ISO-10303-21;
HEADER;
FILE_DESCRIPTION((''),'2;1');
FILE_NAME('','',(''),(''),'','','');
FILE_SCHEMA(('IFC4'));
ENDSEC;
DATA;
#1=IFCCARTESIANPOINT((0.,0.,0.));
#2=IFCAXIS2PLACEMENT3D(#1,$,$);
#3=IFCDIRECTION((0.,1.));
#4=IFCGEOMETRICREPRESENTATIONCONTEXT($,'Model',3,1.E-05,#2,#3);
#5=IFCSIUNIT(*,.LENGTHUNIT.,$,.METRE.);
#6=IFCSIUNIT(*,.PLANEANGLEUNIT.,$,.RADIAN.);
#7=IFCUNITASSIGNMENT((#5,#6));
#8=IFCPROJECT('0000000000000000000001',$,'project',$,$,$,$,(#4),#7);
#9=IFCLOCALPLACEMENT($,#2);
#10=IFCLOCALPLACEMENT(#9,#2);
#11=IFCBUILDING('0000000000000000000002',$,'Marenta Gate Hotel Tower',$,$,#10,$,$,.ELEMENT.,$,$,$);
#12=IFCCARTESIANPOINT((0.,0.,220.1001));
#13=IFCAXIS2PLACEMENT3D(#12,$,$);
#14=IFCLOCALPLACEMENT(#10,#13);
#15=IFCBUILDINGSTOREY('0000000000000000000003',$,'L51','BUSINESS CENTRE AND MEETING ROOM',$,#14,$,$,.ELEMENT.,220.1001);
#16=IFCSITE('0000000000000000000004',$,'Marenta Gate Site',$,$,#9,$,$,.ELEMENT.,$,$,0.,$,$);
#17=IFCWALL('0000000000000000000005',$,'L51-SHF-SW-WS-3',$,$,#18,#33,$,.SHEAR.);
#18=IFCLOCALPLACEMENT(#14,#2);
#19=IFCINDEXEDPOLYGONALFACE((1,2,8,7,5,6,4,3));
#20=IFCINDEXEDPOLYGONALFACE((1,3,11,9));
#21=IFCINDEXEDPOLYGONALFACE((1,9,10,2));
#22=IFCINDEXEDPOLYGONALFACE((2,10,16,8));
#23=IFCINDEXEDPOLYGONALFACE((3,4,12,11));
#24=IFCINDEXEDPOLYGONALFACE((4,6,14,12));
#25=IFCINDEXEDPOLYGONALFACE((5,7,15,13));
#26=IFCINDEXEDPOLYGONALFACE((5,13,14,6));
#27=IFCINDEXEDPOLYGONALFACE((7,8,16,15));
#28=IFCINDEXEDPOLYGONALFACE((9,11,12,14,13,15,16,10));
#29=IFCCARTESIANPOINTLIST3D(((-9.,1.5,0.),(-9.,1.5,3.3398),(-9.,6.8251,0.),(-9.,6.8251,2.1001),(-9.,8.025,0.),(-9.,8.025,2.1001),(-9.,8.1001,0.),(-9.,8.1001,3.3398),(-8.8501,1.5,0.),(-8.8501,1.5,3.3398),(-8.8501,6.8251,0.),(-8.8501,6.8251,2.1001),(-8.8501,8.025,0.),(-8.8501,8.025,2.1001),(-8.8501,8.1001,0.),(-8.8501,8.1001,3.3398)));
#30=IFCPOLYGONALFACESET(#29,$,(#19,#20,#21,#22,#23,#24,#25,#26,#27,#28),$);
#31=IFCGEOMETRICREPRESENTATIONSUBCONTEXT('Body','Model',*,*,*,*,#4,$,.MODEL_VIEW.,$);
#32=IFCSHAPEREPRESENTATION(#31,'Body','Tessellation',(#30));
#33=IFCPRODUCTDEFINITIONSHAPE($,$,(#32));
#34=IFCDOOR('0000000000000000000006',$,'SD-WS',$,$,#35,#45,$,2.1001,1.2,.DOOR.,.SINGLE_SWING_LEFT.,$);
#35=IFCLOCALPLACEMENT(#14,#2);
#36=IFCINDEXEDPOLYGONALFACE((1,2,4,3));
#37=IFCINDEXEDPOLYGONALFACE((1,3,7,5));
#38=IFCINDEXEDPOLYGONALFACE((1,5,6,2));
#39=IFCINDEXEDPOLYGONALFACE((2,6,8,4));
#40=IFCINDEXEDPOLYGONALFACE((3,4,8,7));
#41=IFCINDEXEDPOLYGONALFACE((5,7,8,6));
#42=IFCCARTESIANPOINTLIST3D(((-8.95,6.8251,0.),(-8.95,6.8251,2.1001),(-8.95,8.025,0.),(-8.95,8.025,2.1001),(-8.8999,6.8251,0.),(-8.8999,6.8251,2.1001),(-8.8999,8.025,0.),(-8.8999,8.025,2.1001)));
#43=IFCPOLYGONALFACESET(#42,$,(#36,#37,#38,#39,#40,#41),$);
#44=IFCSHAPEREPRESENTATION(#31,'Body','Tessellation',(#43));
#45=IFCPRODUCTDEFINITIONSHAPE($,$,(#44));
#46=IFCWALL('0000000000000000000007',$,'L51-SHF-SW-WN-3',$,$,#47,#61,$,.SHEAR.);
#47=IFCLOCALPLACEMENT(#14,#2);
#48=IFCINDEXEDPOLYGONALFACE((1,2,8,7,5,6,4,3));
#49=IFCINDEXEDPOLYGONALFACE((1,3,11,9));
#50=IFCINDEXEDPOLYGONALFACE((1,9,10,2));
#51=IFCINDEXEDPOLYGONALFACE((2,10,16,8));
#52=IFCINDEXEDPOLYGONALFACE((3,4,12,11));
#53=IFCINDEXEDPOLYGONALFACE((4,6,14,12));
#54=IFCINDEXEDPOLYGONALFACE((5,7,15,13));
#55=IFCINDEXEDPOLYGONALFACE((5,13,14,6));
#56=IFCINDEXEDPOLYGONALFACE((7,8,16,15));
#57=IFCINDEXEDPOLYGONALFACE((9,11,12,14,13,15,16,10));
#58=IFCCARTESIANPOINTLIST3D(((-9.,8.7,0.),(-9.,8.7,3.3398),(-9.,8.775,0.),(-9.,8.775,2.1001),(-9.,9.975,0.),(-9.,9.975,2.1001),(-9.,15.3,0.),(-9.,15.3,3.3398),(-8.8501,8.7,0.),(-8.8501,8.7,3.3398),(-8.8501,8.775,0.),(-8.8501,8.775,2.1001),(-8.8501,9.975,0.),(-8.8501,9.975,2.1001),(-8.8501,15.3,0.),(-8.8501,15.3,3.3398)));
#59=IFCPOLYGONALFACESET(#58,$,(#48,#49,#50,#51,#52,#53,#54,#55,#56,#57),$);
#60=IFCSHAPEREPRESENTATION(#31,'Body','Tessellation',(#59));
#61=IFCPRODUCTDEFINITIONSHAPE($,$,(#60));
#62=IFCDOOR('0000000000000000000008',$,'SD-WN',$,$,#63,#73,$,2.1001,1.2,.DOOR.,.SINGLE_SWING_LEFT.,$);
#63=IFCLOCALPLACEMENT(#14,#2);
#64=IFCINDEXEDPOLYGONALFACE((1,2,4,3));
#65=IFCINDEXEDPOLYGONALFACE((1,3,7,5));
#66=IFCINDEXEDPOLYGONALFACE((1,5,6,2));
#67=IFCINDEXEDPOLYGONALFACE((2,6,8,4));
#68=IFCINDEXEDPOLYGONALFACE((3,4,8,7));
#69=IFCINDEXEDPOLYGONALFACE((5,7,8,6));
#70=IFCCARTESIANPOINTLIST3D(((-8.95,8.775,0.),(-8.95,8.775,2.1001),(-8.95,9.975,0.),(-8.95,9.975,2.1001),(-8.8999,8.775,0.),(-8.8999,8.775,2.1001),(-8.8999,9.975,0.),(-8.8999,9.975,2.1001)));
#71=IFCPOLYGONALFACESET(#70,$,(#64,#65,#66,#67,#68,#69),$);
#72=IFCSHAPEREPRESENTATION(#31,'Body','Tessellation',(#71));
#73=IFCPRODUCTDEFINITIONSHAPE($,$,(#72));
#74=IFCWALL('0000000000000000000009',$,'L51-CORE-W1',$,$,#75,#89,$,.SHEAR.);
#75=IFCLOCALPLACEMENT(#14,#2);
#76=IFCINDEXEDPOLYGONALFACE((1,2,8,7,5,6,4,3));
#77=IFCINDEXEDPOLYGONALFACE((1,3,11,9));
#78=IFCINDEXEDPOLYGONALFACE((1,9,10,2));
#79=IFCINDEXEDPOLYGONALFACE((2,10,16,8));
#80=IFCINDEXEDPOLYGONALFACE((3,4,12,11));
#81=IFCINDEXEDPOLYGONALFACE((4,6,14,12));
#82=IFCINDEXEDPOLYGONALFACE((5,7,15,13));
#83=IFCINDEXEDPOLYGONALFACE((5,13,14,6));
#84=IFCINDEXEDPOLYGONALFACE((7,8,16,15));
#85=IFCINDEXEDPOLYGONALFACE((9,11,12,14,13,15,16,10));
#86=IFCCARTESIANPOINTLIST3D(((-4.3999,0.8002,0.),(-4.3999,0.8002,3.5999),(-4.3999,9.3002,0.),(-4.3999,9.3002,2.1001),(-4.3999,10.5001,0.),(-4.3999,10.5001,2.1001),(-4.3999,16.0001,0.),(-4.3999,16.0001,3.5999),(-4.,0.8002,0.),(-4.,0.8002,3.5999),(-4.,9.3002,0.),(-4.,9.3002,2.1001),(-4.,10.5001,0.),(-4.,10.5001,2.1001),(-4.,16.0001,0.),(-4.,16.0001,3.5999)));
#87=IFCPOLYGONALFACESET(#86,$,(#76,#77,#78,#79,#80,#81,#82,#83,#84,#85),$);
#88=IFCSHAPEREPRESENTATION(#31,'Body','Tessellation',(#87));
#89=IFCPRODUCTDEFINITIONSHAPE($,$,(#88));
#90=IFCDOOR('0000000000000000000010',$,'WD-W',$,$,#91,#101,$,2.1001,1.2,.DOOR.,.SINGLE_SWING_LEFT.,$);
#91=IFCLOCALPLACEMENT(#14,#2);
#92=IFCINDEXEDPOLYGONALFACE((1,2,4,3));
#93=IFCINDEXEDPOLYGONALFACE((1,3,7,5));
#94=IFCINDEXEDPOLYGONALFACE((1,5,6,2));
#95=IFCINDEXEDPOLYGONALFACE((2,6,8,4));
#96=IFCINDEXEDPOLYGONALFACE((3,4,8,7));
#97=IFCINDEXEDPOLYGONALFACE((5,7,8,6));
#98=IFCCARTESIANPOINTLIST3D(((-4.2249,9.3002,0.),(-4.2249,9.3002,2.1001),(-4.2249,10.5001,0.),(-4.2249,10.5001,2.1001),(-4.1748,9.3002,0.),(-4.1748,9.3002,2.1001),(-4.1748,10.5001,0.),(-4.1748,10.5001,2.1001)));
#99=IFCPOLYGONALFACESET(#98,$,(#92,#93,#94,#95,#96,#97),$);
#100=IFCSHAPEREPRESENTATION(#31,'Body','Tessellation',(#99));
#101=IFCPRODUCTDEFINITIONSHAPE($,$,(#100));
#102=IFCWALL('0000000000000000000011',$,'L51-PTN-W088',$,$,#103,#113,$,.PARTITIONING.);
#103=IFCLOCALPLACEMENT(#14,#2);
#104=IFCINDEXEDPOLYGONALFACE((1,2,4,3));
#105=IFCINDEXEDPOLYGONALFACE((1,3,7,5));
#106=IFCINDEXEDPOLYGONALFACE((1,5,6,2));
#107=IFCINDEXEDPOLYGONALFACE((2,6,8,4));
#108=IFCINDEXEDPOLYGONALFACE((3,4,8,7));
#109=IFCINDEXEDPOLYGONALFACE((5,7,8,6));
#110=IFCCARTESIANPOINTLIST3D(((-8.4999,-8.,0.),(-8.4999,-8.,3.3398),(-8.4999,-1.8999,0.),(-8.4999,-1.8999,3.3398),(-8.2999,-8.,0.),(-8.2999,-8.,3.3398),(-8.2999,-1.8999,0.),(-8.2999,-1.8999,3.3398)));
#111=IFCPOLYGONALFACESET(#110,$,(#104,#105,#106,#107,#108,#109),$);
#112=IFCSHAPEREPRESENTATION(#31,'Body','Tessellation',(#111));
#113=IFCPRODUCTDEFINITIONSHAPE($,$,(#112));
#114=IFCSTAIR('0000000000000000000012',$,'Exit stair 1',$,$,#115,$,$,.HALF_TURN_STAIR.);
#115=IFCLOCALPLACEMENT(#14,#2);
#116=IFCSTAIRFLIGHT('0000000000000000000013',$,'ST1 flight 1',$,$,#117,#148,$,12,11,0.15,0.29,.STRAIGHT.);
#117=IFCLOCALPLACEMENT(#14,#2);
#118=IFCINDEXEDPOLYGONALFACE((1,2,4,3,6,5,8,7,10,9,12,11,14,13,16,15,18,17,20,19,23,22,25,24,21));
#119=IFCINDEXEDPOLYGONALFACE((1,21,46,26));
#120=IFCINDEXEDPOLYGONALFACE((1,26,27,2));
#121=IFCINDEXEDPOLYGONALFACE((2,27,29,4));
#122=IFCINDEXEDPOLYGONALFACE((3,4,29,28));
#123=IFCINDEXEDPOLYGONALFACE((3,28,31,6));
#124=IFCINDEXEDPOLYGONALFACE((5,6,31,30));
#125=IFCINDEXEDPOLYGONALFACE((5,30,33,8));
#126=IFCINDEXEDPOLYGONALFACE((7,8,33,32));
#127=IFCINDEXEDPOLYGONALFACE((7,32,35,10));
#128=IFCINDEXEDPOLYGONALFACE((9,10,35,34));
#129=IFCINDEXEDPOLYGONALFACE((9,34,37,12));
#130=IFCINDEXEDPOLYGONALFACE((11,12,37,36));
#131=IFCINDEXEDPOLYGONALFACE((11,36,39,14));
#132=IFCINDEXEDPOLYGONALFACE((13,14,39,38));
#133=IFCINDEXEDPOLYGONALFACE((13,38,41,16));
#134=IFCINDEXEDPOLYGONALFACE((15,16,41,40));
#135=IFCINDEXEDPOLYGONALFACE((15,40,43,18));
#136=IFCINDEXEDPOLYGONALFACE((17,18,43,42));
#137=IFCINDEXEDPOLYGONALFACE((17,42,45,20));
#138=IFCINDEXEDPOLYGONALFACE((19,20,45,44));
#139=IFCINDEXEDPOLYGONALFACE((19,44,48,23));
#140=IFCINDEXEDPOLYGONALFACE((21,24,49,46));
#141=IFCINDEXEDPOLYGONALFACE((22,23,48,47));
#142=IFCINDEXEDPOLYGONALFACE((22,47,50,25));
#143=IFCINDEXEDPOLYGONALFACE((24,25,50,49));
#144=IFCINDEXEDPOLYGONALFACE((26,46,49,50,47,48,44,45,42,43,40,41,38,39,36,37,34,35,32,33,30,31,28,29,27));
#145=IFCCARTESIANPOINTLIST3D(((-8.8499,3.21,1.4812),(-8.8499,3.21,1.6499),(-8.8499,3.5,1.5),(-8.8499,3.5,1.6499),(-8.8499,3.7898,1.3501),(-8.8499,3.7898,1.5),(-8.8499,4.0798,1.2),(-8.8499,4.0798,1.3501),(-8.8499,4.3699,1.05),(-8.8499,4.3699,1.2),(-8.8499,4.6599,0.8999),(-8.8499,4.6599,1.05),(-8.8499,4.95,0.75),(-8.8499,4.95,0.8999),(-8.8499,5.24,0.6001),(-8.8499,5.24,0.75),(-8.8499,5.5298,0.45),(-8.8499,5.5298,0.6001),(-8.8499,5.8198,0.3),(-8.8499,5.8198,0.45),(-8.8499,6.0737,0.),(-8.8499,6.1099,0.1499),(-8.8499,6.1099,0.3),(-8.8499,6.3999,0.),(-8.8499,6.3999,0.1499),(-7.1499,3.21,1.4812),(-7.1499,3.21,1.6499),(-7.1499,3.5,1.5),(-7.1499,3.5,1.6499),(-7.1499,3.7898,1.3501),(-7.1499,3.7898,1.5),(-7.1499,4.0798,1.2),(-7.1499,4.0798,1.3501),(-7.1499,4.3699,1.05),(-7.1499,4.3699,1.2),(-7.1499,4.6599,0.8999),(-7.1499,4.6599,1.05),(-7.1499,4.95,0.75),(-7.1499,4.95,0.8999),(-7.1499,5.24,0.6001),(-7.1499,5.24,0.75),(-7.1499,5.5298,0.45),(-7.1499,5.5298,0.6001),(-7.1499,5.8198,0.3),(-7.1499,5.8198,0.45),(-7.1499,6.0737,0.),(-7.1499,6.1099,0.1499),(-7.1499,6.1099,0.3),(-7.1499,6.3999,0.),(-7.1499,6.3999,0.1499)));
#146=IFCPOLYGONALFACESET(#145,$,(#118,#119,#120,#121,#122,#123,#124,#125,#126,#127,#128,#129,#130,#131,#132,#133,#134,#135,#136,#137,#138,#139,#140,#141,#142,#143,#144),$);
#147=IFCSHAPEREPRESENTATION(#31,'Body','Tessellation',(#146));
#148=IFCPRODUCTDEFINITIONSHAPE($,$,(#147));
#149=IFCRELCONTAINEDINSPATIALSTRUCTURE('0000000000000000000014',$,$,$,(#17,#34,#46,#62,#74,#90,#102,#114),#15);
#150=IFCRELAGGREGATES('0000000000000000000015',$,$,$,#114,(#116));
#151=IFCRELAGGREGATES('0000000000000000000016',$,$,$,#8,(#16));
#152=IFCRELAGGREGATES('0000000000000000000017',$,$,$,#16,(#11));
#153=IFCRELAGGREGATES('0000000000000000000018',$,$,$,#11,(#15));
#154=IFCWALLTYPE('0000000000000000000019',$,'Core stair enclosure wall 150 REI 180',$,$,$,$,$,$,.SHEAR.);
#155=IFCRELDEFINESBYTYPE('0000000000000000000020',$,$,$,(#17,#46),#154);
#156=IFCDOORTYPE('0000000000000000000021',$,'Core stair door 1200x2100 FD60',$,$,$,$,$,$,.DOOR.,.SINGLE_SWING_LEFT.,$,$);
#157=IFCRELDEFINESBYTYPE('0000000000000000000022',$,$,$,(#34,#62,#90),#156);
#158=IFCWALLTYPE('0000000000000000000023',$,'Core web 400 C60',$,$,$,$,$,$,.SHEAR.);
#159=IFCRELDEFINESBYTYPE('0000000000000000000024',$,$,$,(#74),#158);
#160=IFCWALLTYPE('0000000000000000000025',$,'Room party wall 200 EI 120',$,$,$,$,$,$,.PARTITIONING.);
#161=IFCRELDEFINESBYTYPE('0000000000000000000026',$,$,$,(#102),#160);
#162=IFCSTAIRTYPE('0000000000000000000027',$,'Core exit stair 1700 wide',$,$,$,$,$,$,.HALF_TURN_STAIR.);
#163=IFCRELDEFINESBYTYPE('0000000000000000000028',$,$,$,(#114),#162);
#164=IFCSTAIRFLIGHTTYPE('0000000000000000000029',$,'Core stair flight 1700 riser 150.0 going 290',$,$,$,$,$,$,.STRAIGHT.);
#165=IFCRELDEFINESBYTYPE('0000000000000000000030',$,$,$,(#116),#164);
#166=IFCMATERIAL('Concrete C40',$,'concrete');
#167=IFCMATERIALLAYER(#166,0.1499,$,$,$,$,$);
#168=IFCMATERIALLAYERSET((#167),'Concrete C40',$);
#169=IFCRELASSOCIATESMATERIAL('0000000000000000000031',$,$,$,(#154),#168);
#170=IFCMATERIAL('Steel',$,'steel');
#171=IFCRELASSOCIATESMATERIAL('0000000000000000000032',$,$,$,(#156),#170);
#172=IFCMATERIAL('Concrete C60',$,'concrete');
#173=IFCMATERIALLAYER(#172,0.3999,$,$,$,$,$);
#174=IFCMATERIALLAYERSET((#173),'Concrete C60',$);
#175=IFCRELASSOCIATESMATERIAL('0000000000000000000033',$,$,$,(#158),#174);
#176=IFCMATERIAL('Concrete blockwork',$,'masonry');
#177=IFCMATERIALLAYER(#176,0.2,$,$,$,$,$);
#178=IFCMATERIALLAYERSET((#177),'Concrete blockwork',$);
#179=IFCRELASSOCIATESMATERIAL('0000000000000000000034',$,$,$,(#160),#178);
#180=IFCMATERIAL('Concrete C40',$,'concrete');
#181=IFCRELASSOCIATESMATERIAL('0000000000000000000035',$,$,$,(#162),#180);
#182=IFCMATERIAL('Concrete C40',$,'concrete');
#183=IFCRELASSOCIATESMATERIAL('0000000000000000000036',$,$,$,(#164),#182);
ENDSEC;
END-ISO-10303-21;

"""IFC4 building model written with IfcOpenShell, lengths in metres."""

from ifc_helpers import new_model, si_unit, direction, frame, frame_2d, origin, place, context, subcontext, project, spatial, polyline, rectangle, outline, extrude, material, layer, layer_set, type_object, element, fill, aggregate, save


model = new_model("IFC4")

# Units and contexts
model_context = context("Model", 3, precision=1e-05, world=origin(), true_north=direction((0.0, 1.0)))
body_context = subcontext(model_context, "Body", "Model", "MODEL_VIEW")
ifc_project = project(units=[si_unit("LENGTHUNIT", "METRE"), si_unit("PLANEANGLEUNIT", "RADIAN")], contexts=[model_context])

# Site, building, storey
site_placement = place(None, origin())
site = spatial("IfcSite", under=ifc_project, at=site_placement, Name="Marenta Gate Site", CompositionType="ELEMENT", RefElevation=0.0)
building_placement = place(site_placement, origin())
building = spatial("IfcBuilding", under=site, at=building_placement, Name="Marenta Gate Hotel Tower", CompositionType="ELEMENT")
storey_placement = place(building_placement, frame((0.0, 0.0, 220.1001)))
storey = spatial("IfcBuildingStorey", under=building, at=storey_placement, Name="L51", Description="BUSINESS CENTRE AND MEETING ROOM", CompositionType="ELEMENT", Elevation=220.1001)

# Walls, openings, doors
ifc_material_1 = material(Name="Concrete C40", Category="concrete")
ifc_layer_1 = layer(ifc_material_1, 0.1499)
ifc_layer_set_1 = layer_set([ifc_layer_1], Name="Concrete C40")
wall_type_1 = type_object("IfcWallType", Name="Core stair enclosure wall 150 REI 180", PredefinedType="SHEAR", material=ifc_layer_set_1)
wall_1_placement = place(storey_placement, frame((-8.925, 1.5, 0.0), z_axis=(0.0, 0.0, 1.0), x_axis=(0.0, 1.0, 0.0)))
wall_1 = element("IfcWall", 1, at=wall_1_placement, inside=storey, type_object=wall_type_1, Name="L51-SHF-SW-WS-3", PredefinedType="SHEAR", context=body_context, shape_type="SweptSolid", body=[
    extrude(rectangle(XDim=6.6001, YDim=0.1499, at=frame_2d((3.3, 0.0))), origin(), (0.0, 0.0, 1.0), 3.3398),
])
opening_1_placement = place(wall_1_placement, frame((5.325, 0.0, 0.0)))
opening_1 = element("IfcOpeningElement", 2, at=opening_1_placement, cuts=wall_1, PredefinedType="OPENING", context=body_context, shape_type="SweptSolid", body=[
    extrude(rectangle(XDim=1.2, YDim=2.1001, at=frame_2d((0.6001, 1.05))), frame((0.0, 0.075, 0.0), z_axis=(0.0, -1.0, 0.0), x_axis=(1.0, 0.0, 0.0)), (0.0, 0.0, 1.0), 0.1499),
])
ifc_material_2 = material(Name="Steel", Category="steel")
door_type_1 = type_object("IfcDoorType", Name="Core stair door 1200x2100 FD60", OperationType="SINGLE_SWING_LEFT", PredefinedType="DOOR", material=ifc_material_2)
door_1_placement = place(opening_1_placement, origin())
door_1 = element("IfcDoor", 3, at=door_1_placement, inside=storey, type_object=door_type_1, Name="SD-WS", OperationType="SINGLE_SWING_LEFT", OverallHeight=2.1001, OverallWidth=1.2, PredefinedType="DOOR", context=body_context, shape_type="SweptSolid", body=[
    extrude(rectangle(XDim=1.2, YDim=2.1001, at=frame_2d((0.6001, 1.05))), frame((0.0, 0.0249, 0.0), z_axis=(0.0, -1.0, 0.0), x_axis=(1.0, 0.0, 0.0)), (0.0, 0.0, 1.0), 0.05),
])
fill(opening_1, door_1)
wall_2_placement = place(storey_placement, frame((-8.925, 8.7, 0.0), z_axis=(0.0, 0.0, 1.0), x_axis=(0.0, 1.0, 0.0)))
wall_2 = element("IfcWall", 4, at=wall_2_placement, inside=storey, type_object=wall_type_1, Name="L51-SHF-SW-WN-3", PredefinedType="SHEAR", context=body_context, shape_type="SweptSolid", body=[
    extrude(rectangle(XDim=6.6001, YDim=0.1499, at=frame_2d((3.3, 0.0))), origin(), (0.0, 0.0, 1.0), 3.3398),
])
opening_2_placement = place(wall_2_placement, frame((0.075, 0.0, 0.0)))
opening_2 = element("IfcOpeningElement", 5, at=opening_2_placement, cuts=wall_2, PredefinedType="OPENING", context=body_context, shape_type="SweptSolid", body=[
    extrude(rectangle(XDim=1.2, YDim=2.1001, at=frame_2d((0.6001, 1.05))), frame((0.0, 0.075, 0.0), z_axis=(0.0, -1.0, 0.0), x_axis=(1.0, 0.0, 0.0)), (0.0, 0.0, 1.0), 0.1499),
])
door_2_placement = place(opening_2_placement, origin())
door_2 = element("IfcDoor", 6, at=door_2_placement, inside=storey, type_object=door_type_1, Name="SD-WN", OperationType="SINGLE_SWING_LEFT", OverallHeight=2.1001, OverallWidth=1.2, PredefinedType="DOOR", context=body_context, shape_type="SweptSolid", body=[
    extrude(rectangle(XDim=1.2, YDim=2.1001, at=frame_2d((0.6001, 1.05))), frame((0.0, 0.0249, 0.0), z_axis=(0.0, -1.0, 0.0), x_axis=(1.0, 0.0, 0.0)), (0.0, 0.0, 1.0), 0.05),
])
fill(opening_2, door_2)
ifc_material_3 = material(Name="Concrete C60", Category="concrete")
ifc_layer_2 = layer(ifc_material_3, 0.3999)
ifc_layer_set_2 = layer_set([ifc_layer_2], Name="Concrete C60")
wall_type_2 = type_object("IfcWallType", Name="Core web 400 C60", PredefinedType="SHEAR", material=ifc_layer_set_2)
wall_3_placement = place(storey_placement, frame((-4.2, 0.8, 0.0), z_axis=(0.0, 0.0, 1.0), x_axis=(0.0, 1.0, 0.0)))
wall_3 = element("IfcWall", 7, at=wall_3_placement, inside=storey, type_object=wall_type_2, Name="L51-CORE-W1", PredefinedType="SHEAR", context=body_context, shape_type="SweptSolid", body=[
    extrude(rectangle(XDim=15.2, YDim=0.3999, at=frame_2d((7.6001, 0.0))), origin(), (0.0, 0.0, 1.0), 3.5999),
])
opening_3_placement = place(wall_3_placement, frame((8.5, 0.0, 0.0)))
opening_3 = element("IfcOpeningElement", 8, at=opening_3_placement, cuts=wall_3, PredefinedType="OPENING", context=body_context, shape_type="SweptSolid", body=[
    extrude(rectangle(XDim=1.2, YDim=2.1001, at=frame_2d((0.6001, 1.05))), frame((0.0, 0.2, 0.0), z_axis=(0.0, -1.0, 0.0), x_axis=(1.0, 0.0, 0.0)), (0.0, 0.0, 1.0), 0.3999),
])
door_3_placement = place(opening_3_placement, origin())
door_3 = element("IfcDoor", 9, at=door_3_placement, inside=storey, type_object=door_type_1, Name="WD-W", OperationType="SINGLE_SWING_LEFT", OverallHeight=2.1001, OverallWidth=1.2, PredefinedType="DOOR", context=body_context, shape_type="SweptSolid", body=[
    extrude(rectangle(XDim=1.2, YDim=2.1001, at=frame_2d((0.6001, 1.05))), frame((0.0, 0.0249, 0.0), z_axis=(0.0, -1.0, 0.0), x_axis=(1.0, 0.0, 0.0)), (0.0, 0.0, 1.0), 0.05),
])
fill(opening_3, door_3)

# Wall
ifc_material_4 = material(Name="Concrete blockwork", Category="masonry")
ifc_layer_3 = layer(ifc_material_4, 0.2)
ifc_layer_set_3 = layer_set([ifc_layer_3], Name="Concrete blockwork")
wall_type_3 = type_object("IfcWallType", Name="Room party wall 200 EI 120", PredefinedType="PARTITIONING", material=ifc_layer_set_3)
wall_4_placement = place(storey_placement, frame((-8.3999, -8.0, 0.0), z_axis=(0.0, 0.0, 1.0), x_axis=(0.0, 1.0, 0.0)))
element("IfcWall", 10, at=wall_4_placement, inside=storey, type_object=wall_type_3, Name="L51-PTN-W088", PredefinedType="PARTITIONING", context=body_context, shape_type="SweptSolid", body=[
    extrude(rectangle(XDim=6.1001, YDim=0.2, at=frame_2d((3.05, 0.0))), origin(), (0.0, 0.0, 1.0), 3.3398),
])

# Stair, stair flight
ifc_material_5 = material(Name="Concrete C40", Category="concrete")
stair_type = type_object("IfcStairType", Name="Core exit stair 1700 wide", PredefinedType="HALF_TURN_STAIR", material=ifc_material_5)
stair_placement = place(storey_placement, origin())
stair = element("IfcStair", 11, at=stair_placement, inside=storey, type_object=stair_type, Name="Exit stair 1", PredefinedType="HALF_TURN_STAIR")
ifc_material_6 = material(Name="Concrete C40", Category="concrete")
stair_flight_type = type_object("IfcStairFlightType", Name="Core stair flight 1700 riser 150.0 going 290", PredefinedType="STRAIGHT", material=ifc_material_6)
stair_flight_1_placement = place(storey_placement, frame((-8.0, 6.3999, 0.0), z_axis=(0.0, 0.0, 1.0), x_axis=(0.0, -1.0, 0.0)))
stair_flight_1 = element("IfcStairFlight", 12, at=stair_flight_1_placement, type_object=stair_flight_type, Name="ST1 flight 1", NumberOfRisers=12, NumberOfTreads=11, PredefinedType="STRAIGHT", RiserHeight=0.15, TreadLength=0.29, context=body_context, shape_type="SweptSolid", body=[
    extrude(outline(polyline([(0.0, 0.0), (0.0, 0.1499), (0.29, 0.1499), (0.29, 0.3), (0.5801, 0.3), (0.5801, 0.45), (0.8701, 0.45), (0.8701, 0.6001), (1.1599, 0.6001), (1.1599, 0.75), (1.45, 0.75), (1.45, 0.8999), (1.74, 0.8999), (1.74, 1.05), (2.03, 1.05), (2.03, 1.2), (2.3201, 1.2), (2.3201, 1.3501), (2.6101, 1.3501), (2.6101, 1.5), (2.8999, 1.5), (2.8999, 1.6499), (3.1899, 1.6499), (3.1899, 1.8), (3.1899, 1.4812), (0.3262, 0.0), (0.0, 0.0)])), frame((0.0, 0.8501, 0.0), z_axis=(0.0, -1.0, 0.0), x_axis=(1.0, 0.0, 0.0)), (0.0, 0.0, 1.0), 1.7),
])
aggregate(stair, [stair_flight_1])

save(model, "model.ifc")
